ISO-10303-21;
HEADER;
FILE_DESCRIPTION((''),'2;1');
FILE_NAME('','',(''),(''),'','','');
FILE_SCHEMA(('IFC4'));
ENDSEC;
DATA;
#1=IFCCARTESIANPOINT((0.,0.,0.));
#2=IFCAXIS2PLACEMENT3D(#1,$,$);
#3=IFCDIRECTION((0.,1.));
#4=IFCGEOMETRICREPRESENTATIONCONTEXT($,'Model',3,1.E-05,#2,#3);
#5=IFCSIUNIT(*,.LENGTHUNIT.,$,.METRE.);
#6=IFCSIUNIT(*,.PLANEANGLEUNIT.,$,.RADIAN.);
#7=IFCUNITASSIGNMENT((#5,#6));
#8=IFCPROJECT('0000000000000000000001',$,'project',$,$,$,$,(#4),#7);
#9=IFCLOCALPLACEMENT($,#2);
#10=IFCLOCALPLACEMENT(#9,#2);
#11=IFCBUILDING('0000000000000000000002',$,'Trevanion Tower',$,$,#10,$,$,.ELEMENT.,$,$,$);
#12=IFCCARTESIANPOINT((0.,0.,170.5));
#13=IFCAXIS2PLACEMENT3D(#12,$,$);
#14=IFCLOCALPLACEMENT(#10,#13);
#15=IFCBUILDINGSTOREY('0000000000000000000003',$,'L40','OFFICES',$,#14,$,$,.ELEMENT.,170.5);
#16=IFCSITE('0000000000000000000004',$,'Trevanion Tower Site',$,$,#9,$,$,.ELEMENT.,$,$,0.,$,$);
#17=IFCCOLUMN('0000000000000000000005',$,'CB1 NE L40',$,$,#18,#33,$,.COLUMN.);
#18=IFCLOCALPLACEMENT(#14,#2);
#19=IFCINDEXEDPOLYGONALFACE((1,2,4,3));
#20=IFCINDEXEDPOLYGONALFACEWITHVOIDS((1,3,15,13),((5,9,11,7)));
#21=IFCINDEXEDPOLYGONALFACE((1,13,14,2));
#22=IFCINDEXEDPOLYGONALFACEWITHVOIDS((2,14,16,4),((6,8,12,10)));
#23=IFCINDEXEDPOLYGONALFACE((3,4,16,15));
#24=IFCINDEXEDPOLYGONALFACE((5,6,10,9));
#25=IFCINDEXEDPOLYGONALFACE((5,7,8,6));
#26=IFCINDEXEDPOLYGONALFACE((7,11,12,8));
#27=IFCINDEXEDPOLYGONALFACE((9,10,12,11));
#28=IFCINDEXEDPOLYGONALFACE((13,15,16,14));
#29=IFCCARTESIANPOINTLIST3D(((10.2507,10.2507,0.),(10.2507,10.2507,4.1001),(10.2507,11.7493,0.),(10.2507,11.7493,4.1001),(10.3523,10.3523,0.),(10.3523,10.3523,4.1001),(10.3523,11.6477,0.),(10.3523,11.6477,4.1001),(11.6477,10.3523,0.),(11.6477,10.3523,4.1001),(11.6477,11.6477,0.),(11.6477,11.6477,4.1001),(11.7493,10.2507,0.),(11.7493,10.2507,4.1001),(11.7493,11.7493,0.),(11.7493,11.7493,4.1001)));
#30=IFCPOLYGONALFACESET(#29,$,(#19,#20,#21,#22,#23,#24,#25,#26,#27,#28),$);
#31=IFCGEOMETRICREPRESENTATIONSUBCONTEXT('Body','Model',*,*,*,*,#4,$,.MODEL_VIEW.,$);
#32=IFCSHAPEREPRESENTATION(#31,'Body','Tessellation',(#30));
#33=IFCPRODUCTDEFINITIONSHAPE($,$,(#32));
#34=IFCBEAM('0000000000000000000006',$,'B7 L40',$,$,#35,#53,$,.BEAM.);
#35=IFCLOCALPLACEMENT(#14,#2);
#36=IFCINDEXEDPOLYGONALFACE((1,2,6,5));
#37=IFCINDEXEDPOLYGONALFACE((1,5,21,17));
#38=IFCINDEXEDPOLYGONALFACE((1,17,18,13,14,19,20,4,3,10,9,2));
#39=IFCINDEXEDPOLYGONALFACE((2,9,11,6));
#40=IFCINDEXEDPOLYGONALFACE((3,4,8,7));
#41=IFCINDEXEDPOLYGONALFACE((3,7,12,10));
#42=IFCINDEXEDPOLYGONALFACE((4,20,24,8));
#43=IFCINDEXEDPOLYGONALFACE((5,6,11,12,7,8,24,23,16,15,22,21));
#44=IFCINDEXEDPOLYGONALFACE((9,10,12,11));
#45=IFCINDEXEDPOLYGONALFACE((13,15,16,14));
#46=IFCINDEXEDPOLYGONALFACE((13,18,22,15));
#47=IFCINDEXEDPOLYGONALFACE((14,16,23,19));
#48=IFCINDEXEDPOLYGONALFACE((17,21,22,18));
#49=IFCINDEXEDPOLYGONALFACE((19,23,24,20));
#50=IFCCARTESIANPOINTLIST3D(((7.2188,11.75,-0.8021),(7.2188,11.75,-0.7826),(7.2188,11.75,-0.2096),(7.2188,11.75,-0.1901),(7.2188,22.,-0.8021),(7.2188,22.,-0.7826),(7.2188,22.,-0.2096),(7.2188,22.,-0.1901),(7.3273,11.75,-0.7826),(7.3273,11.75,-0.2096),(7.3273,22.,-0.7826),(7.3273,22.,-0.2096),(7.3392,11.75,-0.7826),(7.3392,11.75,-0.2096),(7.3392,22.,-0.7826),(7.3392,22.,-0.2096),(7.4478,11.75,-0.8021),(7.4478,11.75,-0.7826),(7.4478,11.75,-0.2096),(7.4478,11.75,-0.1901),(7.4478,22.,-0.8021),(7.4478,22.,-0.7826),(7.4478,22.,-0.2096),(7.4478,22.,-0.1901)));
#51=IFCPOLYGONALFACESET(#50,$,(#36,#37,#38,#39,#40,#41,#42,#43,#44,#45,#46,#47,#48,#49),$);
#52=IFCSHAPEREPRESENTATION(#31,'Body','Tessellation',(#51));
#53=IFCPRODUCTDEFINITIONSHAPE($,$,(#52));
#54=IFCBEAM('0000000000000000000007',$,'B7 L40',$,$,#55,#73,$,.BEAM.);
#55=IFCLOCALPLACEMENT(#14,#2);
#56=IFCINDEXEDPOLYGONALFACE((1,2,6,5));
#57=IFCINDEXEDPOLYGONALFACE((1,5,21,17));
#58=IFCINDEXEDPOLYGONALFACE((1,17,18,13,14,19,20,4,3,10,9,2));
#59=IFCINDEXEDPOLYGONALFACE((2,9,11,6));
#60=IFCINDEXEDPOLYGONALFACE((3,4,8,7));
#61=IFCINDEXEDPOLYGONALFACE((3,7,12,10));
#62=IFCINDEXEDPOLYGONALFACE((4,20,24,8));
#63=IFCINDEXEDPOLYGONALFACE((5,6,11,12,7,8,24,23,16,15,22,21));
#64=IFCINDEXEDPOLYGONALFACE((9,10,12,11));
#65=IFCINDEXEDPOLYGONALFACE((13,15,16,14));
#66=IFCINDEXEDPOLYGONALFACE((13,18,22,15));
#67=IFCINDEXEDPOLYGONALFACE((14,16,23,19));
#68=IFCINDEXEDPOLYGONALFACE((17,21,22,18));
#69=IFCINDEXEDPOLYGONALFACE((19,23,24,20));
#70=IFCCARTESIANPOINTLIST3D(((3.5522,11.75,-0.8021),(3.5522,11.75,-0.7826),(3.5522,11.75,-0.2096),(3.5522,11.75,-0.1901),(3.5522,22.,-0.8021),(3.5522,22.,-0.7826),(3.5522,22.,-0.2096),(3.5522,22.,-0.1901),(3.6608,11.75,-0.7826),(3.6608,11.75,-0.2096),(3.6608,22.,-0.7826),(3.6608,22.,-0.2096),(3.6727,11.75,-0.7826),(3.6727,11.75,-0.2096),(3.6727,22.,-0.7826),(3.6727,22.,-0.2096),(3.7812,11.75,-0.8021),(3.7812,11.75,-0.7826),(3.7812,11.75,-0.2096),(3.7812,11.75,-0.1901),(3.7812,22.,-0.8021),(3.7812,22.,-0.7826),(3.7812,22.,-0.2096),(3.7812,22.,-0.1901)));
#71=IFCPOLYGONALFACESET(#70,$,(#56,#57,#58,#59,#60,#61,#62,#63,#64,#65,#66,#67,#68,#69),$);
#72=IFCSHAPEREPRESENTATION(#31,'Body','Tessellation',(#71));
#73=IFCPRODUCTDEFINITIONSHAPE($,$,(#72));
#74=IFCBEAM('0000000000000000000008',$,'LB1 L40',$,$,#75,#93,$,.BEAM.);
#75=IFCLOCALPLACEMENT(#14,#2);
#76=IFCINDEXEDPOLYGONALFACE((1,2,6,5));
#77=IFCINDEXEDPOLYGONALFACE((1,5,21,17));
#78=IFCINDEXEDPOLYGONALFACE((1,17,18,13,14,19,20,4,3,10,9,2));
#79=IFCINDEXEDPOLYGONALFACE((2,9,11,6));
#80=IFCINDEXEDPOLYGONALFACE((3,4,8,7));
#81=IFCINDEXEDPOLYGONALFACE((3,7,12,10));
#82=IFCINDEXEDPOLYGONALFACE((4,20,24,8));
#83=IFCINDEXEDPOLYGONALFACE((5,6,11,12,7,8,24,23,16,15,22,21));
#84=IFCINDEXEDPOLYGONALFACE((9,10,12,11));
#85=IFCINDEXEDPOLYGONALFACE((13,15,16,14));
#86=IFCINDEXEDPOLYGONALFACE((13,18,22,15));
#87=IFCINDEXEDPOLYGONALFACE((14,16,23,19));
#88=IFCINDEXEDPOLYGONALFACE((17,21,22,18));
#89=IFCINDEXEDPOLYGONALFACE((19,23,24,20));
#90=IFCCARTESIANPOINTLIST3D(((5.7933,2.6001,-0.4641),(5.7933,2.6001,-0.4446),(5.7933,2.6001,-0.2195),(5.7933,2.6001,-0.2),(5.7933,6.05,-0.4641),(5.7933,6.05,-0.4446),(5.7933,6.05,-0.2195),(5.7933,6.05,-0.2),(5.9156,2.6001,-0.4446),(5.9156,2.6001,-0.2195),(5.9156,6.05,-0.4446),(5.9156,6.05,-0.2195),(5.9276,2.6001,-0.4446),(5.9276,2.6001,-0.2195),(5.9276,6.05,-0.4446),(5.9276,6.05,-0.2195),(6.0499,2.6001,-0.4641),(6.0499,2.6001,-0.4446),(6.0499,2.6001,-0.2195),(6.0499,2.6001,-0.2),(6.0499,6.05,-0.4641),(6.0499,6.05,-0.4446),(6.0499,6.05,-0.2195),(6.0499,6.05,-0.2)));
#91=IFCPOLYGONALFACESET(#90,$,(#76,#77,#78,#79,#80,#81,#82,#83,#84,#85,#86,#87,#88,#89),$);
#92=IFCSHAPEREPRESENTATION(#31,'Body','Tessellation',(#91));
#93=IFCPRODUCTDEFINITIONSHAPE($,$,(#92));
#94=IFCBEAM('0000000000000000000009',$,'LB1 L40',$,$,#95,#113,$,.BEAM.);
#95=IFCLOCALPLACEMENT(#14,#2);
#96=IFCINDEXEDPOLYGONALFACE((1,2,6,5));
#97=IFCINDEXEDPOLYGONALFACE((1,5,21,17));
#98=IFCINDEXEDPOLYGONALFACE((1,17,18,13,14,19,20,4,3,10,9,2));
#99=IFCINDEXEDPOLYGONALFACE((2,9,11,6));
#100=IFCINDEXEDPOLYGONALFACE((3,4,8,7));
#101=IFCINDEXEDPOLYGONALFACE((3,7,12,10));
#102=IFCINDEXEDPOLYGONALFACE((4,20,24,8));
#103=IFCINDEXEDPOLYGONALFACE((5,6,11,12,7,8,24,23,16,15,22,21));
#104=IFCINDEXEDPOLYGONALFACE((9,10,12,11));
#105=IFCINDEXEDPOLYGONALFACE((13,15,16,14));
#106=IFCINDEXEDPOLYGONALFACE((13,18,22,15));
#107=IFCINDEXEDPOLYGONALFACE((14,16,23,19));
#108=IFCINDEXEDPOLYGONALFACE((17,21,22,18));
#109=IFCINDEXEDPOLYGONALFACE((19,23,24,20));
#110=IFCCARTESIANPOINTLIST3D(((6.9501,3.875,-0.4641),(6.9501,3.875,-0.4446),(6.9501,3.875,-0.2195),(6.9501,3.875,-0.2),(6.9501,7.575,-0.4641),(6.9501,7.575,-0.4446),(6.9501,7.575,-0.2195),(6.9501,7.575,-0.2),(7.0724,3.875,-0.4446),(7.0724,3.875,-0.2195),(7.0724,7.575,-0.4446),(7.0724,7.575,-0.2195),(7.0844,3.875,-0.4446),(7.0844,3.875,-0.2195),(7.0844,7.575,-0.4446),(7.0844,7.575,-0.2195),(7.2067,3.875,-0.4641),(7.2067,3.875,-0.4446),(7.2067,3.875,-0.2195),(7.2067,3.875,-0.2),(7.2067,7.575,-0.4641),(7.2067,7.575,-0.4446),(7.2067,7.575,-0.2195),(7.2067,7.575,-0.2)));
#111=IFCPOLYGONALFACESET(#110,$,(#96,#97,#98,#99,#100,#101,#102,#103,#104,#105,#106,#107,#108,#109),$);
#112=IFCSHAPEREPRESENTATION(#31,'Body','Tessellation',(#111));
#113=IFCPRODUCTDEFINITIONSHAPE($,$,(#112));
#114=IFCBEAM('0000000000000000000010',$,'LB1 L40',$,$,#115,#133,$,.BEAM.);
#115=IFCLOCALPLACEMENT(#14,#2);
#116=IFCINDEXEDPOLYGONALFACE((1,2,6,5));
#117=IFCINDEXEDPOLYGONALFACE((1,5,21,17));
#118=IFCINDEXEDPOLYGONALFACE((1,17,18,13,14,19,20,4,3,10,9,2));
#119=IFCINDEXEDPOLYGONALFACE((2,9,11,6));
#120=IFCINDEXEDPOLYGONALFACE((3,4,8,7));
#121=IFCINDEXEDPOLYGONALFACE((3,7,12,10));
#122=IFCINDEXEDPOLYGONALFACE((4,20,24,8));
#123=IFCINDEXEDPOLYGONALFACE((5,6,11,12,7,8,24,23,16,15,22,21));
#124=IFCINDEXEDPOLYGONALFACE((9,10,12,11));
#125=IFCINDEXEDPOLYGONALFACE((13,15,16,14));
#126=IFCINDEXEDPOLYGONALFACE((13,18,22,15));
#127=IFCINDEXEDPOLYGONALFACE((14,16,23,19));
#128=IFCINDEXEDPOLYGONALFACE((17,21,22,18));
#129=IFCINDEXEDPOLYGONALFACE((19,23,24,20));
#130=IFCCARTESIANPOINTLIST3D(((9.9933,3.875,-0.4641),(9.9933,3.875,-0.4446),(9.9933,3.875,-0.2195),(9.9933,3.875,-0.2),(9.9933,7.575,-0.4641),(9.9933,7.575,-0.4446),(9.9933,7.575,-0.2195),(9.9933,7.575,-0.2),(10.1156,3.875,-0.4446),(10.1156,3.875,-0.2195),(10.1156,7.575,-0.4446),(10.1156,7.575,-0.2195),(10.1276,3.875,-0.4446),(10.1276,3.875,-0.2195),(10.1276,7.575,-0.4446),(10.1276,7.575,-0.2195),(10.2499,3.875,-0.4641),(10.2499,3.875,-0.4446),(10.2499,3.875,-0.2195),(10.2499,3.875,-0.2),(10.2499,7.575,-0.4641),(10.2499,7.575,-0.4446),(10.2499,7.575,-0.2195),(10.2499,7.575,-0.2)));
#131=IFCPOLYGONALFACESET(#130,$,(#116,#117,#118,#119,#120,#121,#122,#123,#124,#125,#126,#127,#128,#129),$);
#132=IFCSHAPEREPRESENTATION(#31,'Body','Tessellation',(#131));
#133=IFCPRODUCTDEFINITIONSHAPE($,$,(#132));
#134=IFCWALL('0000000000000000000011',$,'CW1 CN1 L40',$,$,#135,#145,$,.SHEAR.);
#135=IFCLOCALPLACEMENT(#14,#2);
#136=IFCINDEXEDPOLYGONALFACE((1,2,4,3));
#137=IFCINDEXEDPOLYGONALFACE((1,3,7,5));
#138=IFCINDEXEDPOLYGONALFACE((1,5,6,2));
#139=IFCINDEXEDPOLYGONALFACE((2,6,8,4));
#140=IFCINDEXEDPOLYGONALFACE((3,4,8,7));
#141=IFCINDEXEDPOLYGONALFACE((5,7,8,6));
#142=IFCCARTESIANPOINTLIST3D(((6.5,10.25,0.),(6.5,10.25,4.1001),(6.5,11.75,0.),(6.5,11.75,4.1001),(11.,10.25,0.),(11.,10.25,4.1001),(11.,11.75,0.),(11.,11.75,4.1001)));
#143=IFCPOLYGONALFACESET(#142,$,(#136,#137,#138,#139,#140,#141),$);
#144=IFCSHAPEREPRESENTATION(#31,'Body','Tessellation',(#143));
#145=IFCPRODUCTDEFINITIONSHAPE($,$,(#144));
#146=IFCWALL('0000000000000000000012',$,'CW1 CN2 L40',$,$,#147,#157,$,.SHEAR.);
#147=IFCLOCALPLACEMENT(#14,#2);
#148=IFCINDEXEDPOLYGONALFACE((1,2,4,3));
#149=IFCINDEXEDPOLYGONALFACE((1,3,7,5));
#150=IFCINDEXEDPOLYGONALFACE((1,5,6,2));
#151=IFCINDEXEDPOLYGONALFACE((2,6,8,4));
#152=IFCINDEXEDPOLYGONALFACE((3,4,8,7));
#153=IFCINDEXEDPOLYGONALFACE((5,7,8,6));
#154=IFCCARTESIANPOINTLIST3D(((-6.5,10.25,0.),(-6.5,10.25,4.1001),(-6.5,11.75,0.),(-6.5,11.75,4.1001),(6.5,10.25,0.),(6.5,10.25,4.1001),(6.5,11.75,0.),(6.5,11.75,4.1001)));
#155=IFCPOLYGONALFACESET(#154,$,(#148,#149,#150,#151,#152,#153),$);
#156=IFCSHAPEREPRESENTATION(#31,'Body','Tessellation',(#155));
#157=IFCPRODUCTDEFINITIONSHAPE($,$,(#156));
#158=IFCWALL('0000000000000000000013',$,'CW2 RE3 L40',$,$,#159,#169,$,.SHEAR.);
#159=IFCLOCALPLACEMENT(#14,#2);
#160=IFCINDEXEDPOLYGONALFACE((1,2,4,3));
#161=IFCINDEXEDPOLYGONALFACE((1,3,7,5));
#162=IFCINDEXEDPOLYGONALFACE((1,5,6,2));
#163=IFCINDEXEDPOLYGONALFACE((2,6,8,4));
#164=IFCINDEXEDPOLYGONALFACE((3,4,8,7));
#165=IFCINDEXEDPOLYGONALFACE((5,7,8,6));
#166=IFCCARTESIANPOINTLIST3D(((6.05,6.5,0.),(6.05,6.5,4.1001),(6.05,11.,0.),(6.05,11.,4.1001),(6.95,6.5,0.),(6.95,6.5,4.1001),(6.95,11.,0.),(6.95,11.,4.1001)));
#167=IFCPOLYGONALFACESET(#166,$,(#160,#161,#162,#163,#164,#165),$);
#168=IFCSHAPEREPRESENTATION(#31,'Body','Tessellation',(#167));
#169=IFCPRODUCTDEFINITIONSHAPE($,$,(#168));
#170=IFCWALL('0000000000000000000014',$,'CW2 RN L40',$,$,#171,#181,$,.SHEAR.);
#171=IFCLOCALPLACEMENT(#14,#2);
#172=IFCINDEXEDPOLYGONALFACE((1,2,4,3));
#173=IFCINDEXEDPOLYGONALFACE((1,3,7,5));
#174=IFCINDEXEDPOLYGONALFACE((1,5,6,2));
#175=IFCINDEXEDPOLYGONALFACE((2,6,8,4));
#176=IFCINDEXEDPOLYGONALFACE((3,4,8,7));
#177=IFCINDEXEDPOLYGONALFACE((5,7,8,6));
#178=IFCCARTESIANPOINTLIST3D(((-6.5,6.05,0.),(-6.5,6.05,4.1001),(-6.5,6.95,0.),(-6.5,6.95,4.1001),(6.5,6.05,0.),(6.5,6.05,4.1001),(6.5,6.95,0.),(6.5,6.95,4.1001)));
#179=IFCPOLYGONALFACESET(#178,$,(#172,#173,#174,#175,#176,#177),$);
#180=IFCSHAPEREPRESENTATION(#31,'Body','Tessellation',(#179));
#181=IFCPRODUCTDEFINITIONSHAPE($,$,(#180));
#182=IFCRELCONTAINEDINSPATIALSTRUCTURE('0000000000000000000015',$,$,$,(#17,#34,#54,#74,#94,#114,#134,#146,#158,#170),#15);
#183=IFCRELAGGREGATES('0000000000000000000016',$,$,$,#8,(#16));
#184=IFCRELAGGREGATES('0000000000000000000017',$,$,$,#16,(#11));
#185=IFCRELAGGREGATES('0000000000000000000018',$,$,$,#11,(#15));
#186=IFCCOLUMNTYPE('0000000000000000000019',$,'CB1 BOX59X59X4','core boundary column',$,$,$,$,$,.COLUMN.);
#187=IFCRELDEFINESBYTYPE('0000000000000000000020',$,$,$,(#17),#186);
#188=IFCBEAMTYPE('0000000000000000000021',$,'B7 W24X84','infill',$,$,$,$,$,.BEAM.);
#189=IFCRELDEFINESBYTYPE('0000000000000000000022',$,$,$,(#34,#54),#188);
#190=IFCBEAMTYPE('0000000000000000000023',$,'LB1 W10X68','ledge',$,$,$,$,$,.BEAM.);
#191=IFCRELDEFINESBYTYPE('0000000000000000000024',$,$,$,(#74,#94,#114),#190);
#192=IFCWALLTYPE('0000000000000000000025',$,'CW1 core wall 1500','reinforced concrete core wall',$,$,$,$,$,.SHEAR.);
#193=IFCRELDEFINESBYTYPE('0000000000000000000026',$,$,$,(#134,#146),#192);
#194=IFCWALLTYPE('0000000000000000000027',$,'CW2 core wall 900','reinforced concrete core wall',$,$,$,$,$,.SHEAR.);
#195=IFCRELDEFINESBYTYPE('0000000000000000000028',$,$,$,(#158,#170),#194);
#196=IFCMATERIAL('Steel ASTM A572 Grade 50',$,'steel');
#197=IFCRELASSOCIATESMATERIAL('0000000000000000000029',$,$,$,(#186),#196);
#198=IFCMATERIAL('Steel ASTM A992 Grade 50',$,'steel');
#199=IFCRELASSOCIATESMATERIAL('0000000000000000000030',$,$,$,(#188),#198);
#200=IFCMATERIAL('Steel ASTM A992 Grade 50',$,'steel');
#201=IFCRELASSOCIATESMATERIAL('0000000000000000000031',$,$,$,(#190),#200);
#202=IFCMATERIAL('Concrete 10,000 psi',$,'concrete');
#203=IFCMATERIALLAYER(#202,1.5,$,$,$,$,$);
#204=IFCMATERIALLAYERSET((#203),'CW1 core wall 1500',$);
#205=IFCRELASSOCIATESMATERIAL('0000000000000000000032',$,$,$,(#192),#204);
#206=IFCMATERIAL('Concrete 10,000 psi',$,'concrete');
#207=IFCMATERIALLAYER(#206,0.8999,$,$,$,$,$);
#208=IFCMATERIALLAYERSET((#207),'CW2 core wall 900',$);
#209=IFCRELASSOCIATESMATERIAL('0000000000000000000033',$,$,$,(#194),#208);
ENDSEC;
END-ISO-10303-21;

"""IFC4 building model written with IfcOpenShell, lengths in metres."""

from ifc_helpers import new_model, si_unit, direction, frame, frame_2d, origin, origin_2d, place, context, subcontext, project, spatial, rectangle, hollow_rectangle, i_section, extrude, material, layer, layer_set, material_profile, profile_set, type_object, element, save


model = new_model("IFC4")

# Units and contexts
model_context = context("Model", 3, precision=1e-05, world=origin(), true_north=direction((0.0, 1.0)))
body_context = subcontext(model_context, "Body", "Model", "MODEL_VIEW")
ifc_project = project(units=[si_unit("LENGTHUNIT", "METRE"), si_unit("PLANEANGLEUNIT", "RADIAN")], contexts=[model_context])

# Site, building, storey
site_placement = place(None, origin())
site = spatial("IfcSite", under=ifc_project, at=site_placement, Name="Trevanion Tower Site", CompositionType="ELEMENT", RefElevation=0.0)
building_placement = place(site_placement, origin())
building = spatial("IfcBuilding", under=site, at=building_placement, Name="Trevanion Tower", CompositionType="ELEMENT")
storey_placement = place(building_placement, frame((0.0, 0.0, 170.5)))
storey = spatial("IfcBuildingStorey", under=building, at=storey_placement, Name="L40", Description="OFFICES", CompositionType="ELEMENT", Elevation=170.5)

# Column
ifc_material_1 = material(Name="Steel ASTM A572 Grade 50", Category="steel")
ifc_material_profile_1 = material_profile(ifc_material_1, hollow_rectangle(XDim=1.4985, YDim=1.4985, WallThickness=0.1016, at=origin_2d()), Name="BOX59X59X4")
ifc_profile_set_1 = profile_set([ifc_material_profile_1], Name="Steel ASTM A572 Grade 50")
column_type = type_object("IfcColumnType", Name="CB1 BOX59X59X4", Description="core boundary column", PredefinedType="COLUMN", material=ifc_profile_set_1)
column_placement = place(storey_placement, frame((11.0, 11.0, 0.0), z_axis=(0.0, 0.0, 1.0), x_axis=(1.0, 0.0, 0.0)))
element("IfcColumn", 1, at=column_placement, inside=storey, type_object=column_type, Name="CB1 NE L40", PredefinedType="COLUMN", context=body_context, shape_type="SweptSolid", body=[
    extrude(hollow_rectangle(XDim=1.4985, YDim=1.4985, WallThickness=0.1016, at=origin_2d()), origin(), (0.0, 0.0, 1.0), 4.1001),
])

# Beams
ifc_material_2 = material(Name="Steel ASTM A992 Grade 50", Category="steel")
ifc_material_profile_2 = material_profile(ifc_material_2, i_section(OverallWidth=0.229, OverallDepth=0.6121, WebThickness=0.012, FlangeThickness=0.0195, at=origin_2d()), Name="W24X84")
ifc_profile_set_2 = profile_set([ifc_material_profile_2], Name="Steel ASTM A992 Grade 50")
beam_type_1 = type_object("IfcBeamType", Name="B7 W24X84", Description="infill", PredefinedType="BEAM", material=ifc_profile_set_2)
for number, where, z_axis, x_axis, name in (
    (2, (7.3333, 11.75, -0.4961), (0.0, 1.0, 0.0), (-1.0, 0.0, 0.0), "B7 L40"),
    (3, (3.6667, 11.75, -0.4961), (0.0, 1.0, 0.0), (-1.0, 0.0, 0.0), "B7 L40"),
):
    element("IfcBeam", number, at=place(storey_placement, frame(where, z_axis=z_axis, x_axis=x_axis)), inside=storey, type_object=beam_type_1, Name=name, PredefinedType="BEAM", context=body_context, shape_type="SweptSolid", body=[
        extrude(i_section(OverallWidth=0.229, OverallDepth=0.6121, WebThickness=0.012, FlangeThickness=0.0195, at=origin_2d()), origin(), (0.0, 0.0, 1.0), 10.25),
    ])
ifc_material_3 = material(Name="Steel ASTM A992 Grade 50", Category="steel")
ifc_material_profile_3 = material_profile(ifc_material_3, i_section(OverallWidth=0.2566, OverallDepth=0.2642, WebThickness=0.012, FlangeThickness=0.0195, at=origin_2d()), Name="W10X68")
ifc_profile_set_3 = profile_set([ifc_material_profile_3], Name="Steel ASTM A992 Grade 50")
beam_type_2 = type_object("IfcBeamType", Name="LB1 W10X68", Description="ledge", PredefinedType="BEAM", material=ifc_profile_set_3)
beam_placement = place(storey_placement, frame((5.9216, 2.6001, -0.332), z_axis=(0.0, 1.0, 0.0), x_axis=(-1.0, 0.0, 0.0)))
element("IfcBeam", 4, at=beam_placement, inside=storey, type_object=beam_type_2, Name="LB1 L40", PredefinedType="BEAM", context=body_context, shape_type="SweptSolid", body=[
    extrude(i_section(OverallWidth=0.2566, OverallDepth=0.2642, WebThickness=0.012, FlangeThickness=0.0195, at=origin_2d()), origin(), (0.0, 0.0, 1.0), 3.45),
])
for number, where, z_axis, x_axis, name in (
    (5, (7.0784, 3.875, -0.332), (0.0, 1.0, 0.0), (-1.0, 0.0, 0.0), "LB1 L40"),
    (6, (10.1216, 3.875, -0.332), (0.0, 1.0, 0.0), (-1.0, 0.0, 0.0), "LB1 L40"),
):
    element("IfcBeam", number, at=place(storey_placement, frame(where, z_axis=z_axis, x_axis=x_axis)), inside=storey, type_object=beam_type_2, Name=name, PredefinedType="BEAM", context=body_context, shape_type="SweptSolid", body=[
        extrude(i_section(OverallWidth=0.2566, OverallDepth=0.2642, WebThickness=0.012, FlangeThickness=0.0195, at=origin_2d()), origin(), (0.0, 0.0, 1.0), 3.7),
    ])

# Walls
ifc_material_4 = material(Name="Concrete 10,000 psi", Category="concrete")
ifc_layer_1 = layer(ifc_material_4, 1.5)
ifc_layer_set_1 = layer_set([ifc_layer_1], Name="CW1 core wall 1500")
wall_type_1 = type_object("IfcWallType", Name="CW1 core wall 1500", Description="reinforced concrete core wall", PredefinedType="SHEAR", material=ifc_layer_set_1)
wall_1_placement = place(storey_placement, frame((11.0, 11.0, 0.0), z_axis=(0.0, 0.0, 1.0), x_axis=(-1.0, 0.0, 0.0)))
element("IfcWall", 7, at=wall_1_placement, inside=storey, type_object=wall_type_1, Name="CW1 CN1 L40", PredefinedType="SHEAR", context=body_context, shape_type="SweptSolid", body=[
    extrude(rectangle(XDim=4.5, YDim=1.5, at=frame_2d((2.25, 0.0))), origin(), (0.0, 0.0, 1.0), 4.1001),
])
wall_2_placement = place(storey_placement, frame((6.5, 11.0, 0.0), z_axis=(0.0, 0.0, 1.0), x_axis=(-1.0, 0.0, 0.0)))
element("IfcWall", 8, at=wall_2_placement, inside=storey, type_object=wall_type_1, Name="CW1 CN2 L40", PredefinedType="SHEAR", context=body_context, shape_type="SweptSolid", body=[
    extrude(rectangle(XDim=13.0, YDim=1.5, at=frame_2d((6.5, 0.0))), origin(), (0.0, 0.0, 1.0), 4.1001),
])
ifc_material_5 = material(Name="Concrete 10,000 psi", Category="concrete")
ifc_layer_2 = layer(ifc_material_5, 0.8999)
ifc_layer_set_2 = layer_set([ifc_layer_2], Name="CW2 core wall 900")
wall_type_2 = type_object("IfcWallType", Name="CW2 core wall 900", Description="reinforced concrete core wall", PredefinedType="SHEAR", material=ifc_layer_set_2)
wall_3_placement = place(storey_placement, frame((6.5, 6.5, 0.0), z_axis=(0.0, 0.0, 1.0), x_axis=(0.0, 1.0, 0.0)))
element("IfcWall", 9, at=wall_3_placement, inside=storey, type_object=wall_type_2, Name="CW2 RE3 L40", PredefinedType="SHEAR", context=body_context, shape_type="SweptSolid", body=[
    extrude(rectangle(XDim=4.5, YDim=0.8999, at=frame_2d((2.25, 0.0))), origin(), (0.0, 0.0, 1.0), 4.1001),
])
wall_4_placement = place(storey_placement, frame((6.5, 6.5, 0.0), z_axis=(0.0, 0.0, 1.0), x_axis=(-1.0, 0.0, 0.0)))
element("IfcWall", 10, at=wall_4_placement, inside=storey, type_object=wall_type_2, Name="CW2 RN L40", PredefinedType="SHEAR", context=body_context, shape_type="SweptSolid", body=[
    extrude(rectangle(XDim=13.0, YDim=0.8999, at=frame_2d((6.5, 0.0))), origin(), (0.0, 0.0, 1.0), 4.1001),
])

save(model, "model.ifc")
